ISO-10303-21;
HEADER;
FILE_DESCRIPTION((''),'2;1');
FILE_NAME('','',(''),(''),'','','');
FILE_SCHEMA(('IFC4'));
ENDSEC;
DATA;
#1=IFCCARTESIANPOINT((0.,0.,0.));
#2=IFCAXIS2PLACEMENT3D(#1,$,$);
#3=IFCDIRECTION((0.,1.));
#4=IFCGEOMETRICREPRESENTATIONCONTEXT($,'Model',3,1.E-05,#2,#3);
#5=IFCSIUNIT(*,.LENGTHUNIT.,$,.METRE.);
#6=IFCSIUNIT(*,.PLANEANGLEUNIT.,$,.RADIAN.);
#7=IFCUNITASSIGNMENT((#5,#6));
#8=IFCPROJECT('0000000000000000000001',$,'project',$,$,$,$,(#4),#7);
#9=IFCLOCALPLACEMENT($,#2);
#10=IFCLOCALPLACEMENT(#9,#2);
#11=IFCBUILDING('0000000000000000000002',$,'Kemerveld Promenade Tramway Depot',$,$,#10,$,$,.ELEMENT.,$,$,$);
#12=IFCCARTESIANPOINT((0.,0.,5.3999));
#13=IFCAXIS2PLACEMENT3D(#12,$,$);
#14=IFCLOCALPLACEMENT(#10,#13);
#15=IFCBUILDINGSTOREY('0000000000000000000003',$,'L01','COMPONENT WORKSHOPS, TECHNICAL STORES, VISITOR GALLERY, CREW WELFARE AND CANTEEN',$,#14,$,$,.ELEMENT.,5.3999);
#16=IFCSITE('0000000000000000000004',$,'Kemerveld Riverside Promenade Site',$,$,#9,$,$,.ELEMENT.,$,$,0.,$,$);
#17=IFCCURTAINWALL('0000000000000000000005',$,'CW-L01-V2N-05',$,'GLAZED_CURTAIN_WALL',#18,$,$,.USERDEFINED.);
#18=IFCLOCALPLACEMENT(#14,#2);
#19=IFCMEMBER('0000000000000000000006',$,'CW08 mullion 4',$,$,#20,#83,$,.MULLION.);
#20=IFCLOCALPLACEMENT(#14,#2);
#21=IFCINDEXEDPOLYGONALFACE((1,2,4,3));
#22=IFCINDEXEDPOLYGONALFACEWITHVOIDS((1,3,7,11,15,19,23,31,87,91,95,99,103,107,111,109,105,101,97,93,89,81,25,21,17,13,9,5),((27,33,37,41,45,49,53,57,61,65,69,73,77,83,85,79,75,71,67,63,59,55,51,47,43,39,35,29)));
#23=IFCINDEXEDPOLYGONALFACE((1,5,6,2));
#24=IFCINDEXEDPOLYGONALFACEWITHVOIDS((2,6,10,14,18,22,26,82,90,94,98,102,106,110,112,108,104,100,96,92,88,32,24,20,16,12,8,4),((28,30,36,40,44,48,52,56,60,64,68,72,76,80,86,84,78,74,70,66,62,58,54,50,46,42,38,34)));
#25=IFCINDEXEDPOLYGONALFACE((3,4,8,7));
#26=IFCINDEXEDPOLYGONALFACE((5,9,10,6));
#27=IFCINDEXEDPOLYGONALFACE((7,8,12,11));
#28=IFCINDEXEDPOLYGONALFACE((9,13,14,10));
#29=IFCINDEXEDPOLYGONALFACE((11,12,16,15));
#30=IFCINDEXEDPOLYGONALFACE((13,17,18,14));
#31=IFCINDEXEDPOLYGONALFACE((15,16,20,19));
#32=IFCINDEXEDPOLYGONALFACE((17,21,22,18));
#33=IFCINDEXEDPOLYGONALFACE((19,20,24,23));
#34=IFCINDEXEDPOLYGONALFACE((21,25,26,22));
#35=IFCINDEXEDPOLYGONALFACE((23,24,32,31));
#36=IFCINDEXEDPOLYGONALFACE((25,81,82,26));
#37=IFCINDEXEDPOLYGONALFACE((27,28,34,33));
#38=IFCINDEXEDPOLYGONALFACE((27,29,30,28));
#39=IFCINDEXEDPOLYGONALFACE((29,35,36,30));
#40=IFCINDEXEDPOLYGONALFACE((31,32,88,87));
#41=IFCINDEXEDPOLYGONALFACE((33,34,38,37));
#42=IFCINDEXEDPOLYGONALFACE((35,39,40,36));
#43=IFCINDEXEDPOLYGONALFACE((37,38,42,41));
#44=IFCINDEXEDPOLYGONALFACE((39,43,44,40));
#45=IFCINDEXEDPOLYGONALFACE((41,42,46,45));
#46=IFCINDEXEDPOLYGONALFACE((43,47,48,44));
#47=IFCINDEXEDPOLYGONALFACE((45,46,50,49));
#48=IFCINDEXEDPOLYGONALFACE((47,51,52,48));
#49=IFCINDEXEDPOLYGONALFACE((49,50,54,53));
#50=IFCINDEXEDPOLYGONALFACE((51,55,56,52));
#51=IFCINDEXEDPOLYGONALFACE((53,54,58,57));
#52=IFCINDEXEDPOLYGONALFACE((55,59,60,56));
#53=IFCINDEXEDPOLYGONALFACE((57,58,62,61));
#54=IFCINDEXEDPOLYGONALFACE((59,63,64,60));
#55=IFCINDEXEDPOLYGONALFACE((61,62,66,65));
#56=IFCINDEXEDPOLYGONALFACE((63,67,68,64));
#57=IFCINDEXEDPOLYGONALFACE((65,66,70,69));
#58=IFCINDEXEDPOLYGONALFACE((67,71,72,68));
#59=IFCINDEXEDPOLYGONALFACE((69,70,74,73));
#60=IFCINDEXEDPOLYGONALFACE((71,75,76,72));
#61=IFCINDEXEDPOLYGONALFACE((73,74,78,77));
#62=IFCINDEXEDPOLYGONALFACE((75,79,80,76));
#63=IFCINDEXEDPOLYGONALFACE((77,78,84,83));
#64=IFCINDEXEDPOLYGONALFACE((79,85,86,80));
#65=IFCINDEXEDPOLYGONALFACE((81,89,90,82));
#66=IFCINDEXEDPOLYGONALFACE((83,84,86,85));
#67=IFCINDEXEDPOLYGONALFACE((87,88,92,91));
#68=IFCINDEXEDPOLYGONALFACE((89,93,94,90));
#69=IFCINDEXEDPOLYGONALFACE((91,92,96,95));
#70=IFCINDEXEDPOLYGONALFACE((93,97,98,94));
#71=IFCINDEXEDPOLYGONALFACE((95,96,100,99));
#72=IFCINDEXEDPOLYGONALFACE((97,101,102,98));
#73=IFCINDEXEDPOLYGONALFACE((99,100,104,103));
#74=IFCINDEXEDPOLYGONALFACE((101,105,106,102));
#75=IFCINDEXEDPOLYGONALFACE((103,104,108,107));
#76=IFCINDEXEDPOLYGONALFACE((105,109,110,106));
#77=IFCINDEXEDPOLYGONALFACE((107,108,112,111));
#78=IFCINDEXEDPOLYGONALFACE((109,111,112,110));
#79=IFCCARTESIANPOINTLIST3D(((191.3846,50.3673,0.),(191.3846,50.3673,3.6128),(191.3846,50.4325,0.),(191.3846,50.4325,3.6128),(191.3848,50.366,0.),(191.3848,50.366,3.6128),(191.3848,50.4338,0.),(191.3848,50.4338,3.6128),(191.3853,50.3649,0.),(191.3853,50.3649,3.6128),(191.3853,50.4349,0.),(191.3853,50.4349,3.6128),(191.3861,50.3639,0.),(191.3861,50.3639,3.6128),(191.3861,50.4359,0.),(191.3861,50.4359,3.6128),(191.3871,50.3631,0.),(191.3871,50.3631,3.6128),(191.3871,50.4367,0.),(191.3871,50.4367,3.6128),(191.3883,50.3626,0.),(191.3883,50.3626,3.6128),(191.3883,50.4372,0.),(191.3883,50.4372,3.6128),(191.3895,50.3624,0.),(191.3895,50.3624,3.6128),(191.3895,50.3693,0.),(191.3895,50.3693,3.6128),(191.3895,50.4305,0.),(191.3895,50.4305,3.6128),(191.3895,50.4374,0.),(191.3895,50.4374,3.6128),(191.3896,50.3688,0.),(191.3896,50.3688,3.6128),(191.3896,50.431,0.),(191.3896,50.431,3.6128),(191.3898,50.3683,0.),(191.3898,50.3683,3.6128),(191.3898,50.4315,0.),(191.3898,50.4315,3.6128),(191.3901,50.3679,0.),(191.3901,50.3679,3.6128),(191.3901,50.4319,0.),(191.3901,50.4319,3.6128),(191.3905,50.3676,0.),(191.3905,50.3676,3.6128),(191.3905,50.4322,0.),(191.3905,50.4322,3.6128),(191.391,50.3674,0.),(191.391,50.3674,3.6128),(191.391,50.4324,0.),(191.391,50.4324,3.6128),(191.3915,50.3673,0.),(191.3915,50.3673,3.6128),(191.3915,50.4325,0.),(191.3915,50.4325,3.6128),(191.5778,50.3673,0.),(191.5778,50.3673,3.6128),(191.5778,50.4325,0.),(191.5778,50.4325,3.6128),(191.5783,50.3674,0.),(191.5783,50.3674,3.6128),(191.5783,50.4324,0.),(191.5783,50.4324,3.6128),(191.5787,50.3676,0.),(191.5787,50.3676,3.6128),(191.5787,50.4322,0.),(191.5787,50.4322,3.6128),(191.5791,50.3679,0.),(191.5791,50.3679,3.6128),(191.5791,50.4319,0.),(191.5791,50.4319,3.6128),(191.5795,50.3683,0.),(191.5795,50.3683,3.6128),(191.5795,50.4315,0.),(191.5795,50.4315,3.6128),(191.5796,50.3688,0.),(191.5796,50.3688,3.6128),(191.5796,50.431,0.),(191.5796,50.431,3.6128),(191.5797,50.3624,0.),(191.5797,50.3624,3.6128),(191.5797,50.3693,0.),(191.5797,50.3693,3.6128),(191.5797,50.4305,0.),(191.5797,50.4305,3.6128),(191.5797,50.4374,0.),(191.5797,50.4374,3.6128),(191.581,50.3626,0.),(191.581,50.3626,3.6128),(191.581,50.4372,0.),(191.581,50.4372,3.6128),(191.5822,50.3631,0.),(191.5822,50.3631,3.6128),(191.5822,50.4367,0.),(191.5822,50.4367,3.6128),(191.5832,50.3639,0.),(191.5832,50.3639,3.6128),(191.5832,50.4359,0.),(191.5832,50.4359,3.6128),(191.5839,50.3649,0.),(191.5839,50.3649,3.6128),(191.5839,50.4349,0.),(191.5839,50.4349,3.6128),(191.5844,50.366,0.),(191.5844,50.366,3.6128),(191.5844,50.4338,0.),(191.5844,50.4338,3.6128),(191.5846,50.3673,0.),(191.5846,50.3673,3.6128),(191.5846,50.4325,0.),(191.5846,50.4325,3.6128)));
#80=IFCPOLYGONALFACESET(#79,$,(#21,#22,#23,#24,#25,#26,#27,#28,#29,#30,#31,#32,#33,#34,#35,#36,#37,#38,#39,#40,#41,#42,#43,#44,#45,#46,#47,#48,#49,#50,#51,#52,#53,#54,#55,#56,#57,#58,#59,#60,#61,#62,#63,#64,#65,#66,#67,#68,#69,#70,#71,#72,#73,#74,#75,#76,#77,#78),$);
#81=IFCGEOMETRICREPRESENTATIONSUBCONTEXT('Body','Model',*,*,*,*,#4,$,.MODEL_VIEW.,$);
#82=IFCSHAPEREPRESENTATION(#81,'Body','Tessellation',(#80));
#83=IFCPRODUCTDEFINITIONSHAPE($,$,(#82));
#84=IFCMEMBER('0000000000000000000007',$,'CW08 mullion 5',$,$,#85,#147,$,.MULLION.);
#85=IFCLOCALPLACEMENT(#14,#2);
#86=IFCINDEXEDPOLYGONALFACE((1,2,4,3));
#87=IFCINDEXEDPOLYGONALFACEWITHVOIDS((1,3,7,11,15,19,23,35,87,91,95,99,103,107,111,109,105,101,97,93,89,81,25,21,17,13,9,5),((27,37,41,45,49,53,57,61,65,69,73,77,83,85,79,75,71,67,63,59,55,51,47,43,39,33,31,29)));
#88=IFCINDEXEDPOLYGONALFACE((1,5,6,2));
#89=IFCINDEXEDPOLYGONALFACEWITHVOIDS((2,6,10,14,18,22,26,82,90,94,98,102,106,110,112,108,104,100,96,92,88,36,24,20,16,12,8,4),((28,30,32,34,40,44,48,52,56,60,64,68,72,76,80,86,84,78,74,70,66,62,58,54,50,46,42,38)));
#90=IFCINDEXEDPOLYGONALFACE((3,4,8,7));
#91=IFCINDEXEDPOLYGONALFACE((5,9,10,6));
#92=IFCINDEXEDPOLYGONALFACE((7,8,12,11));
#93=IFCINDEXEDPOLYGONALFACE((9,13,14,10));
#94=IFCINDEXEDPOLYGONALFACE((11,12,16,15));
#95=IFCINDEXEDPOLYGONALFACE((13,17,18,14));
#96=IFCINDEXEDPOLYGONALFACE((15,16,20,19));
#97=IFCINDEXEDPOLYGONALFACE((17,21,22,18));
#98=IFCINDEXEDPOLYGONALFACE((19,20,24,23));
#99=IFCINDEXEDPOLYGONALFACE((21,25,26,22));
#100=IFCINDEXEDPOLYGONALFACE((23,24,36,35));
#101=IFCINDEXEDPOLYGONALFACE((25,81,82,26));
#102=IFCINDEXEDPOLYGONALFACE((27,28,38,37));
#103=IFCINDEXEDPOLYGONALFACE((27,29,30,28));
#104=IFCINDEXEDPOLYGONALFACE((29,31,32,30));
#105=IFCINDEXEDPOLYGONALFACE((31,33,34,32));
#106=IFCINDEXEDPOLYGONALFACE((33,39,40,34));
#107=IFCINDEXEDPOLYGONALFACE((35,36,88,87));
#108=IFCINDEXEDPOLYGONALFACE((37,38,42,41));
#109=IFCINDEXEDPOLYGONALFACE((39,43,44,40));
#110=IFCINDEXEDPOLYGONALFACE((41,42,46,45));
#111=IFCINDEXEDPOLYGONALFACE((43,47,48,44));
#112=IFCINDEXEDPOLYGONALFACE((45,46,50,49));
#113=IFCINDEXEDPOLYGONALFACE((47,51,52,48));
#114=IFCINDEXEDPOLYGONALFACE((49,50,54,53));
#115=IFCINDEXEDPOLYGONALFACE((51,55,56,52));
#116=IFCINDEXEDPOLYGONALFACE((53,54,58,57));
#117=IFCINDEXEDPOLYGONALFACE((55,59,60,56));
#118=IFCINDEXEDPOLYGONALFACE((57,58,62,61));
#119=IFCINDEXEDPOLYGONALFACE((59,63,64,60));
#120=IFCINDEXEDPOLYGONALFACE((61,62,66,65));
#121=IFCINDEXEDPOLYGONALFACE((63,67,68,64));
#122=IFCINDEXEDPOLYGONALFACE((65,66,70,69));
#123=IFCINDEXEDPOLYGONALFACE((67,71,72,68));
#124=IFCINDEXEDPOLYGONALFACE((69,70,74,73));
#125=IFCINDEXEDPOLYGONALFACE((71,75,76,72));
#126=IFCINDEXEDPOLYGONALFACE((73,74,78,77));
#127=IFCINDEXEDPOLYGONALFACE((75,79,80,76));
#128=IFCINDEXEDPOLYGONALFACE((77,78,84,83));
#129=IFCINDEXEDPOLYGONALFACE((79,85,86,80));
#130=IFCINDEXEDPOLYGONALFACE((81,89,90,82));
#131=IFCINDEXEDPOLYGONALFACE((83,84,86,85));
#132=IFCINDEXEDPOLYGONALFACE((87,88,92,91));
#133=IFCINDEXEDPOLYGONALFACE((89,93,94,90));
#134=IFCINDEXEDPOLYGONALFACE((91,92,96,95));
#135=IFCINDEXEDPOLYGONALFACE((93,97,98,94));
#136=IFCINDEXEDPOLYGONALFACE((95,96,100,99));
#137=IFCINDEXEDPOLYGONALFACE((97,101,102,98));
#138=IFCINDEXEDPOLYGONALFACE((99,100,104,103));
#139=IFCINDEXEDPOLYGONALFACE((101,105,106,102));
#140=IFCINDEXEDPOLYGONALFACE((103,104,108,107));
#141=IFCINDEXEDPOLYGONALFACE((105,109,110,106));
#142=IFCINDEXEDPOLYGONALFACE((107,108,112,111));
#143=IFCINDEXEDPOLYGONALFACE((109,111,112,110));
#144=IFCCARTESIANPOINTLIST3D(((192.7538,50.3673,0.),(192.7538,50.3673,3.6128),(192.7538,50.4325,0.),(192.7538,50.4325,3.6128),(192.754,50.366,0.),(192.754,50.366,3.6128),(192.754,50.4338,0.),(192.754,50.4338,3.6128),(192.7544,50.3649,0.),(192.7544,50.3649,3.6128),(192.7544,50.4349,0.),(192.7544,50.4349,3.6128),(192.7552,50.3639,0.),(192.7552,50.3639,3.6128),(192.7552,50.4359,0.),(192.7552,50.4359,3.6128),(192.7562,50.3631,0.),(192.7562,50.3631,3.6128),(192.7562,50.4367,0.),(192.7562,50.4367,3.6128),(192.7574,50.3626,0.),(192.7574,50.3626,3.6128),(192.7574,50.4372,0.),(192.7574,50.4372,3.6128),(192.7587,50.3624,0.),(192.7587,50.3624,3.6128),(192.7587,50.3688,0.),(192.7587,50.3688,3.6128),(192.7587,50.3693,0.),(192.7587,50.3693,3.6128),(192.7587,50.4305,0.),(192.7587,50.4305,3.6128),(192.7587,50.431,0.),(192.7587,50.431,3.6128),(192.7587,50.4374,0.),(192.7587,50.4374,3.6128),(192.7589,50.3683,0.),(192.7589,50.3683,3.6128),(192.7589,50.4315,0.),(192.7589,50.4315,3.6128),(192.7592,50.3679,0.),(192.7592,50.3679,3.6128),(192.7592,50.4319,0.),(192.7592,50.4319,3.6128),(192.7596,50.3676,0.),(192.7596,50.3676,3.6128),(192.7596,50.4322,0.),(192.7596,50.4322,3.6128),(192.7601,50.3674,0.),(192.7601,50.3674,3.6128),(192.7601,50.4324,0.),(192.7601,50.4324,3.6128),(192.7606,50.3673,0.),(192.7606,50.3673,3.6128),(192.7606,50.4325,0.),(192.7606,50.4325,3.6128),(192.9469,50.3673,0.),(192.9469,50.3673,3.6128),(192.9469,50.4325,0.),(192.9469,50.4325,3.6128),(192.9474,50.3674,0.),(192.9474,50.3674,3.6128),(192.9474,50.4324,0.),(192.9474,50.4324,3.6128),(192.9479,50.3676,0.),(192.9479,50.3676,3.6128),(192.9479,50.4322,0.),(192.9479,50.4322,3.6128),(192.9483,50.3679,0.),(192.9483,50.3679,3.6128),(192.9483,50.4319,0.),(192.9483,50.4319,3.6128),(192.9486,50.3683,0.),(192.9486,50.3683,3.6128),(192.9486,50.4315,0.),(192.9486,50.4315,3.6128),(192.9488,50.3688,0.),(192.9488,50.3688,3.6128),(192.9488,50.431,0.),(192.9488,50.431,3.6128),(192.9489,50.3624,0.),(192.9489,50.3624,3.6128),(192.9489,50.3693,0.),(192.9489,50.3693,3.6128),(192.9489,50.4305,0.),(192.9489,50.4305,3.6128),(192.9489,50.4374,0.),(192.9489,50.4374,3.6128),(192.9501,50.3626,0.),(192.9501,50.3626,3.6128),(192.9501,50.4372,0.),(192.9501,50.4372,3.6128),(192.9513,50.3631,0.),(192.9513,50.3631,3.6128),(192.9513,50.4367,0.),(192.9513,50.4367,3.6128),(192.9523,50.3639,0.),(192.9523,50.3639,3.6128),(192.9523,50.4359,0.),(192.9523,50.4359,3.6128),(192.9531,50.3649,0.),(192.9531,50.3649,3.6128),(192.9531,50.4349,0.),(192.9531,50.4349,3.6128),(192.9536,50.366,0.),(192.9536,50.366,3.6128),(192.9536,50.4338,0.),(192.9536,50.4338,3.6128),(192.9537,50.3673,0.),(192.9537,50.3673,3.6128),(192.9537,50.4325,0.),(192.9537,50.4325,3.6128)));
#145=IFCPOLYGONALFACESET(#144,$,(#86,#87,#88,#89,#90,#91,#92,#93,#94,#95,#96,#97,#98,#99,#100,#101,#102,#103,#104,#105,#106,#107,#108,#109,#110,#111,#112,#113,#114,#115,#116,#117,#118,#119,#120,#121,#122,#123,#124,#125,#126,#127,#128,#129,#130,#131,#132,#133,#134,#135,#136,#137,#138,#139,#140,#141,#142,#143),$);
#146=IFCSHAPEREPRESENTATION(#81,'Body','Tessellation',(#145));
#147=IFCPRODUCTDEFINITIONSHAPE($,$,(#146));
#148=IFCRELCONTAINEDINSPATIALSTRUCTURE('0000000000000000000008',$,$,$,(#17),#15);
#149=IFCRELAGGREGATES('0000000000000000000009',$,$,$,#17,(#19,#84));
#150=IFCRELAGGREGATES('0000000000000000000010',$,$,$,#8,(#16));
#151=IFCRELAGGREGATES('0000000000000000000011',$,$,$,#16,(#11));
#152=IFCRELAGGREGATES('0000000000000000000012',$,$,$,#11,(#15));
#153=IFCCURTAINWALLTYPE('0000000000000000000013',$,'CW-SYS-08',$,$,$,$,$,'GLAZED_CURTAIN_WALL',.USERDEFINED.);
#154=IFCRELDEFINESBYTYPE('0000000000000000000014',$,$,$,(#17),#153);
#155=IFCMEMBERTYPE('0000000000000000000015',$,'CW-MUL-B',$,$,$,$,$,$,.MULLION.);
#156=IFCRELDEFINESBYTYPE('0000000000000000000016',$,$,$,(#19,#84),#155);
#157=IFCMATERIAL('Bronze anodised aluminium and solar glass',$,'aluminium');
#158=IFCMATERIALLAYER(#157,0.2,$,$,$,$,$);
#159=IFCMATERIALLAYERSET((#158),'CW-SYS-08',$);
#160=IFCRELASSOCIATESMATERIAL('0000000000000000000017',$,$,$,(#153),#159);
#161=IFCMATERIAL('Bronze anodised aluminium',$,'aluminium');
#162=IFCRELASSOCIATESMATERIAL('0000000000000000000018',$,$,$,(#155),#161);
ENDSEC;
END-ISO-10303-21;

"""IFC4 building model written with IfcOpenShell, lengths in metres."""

from ifc_helpers import new_model, si_unit, direction, frame, origin, origin_2d, place, context, subcontext, project, spatial, hollow_rectangle, extrude, material, layer, layer_set, material_profile, profile_set, type_object, element, aggregate, save


model = new_model("IFC4")

# Units and contexts
model_context = context("Model", 3, precision=1e-05, world=origin(), true_north=direction((0.0, 1.0)))
body_context = subcontext(model_context, "Body", "Model", "MODEL_VIEW")
ifc_project = project(units=[si_unit("LENGTHUNIT", "METRE"), si_unit("PLANEANGLEUNIT", "RADIAN")], contexts=[model_context])

# Site, building, storey
site_placement = place(None, origin())
site = spatial("IfcSite", under=ifc_project, at=site_placement, Name="Kemerveld Riverside Promenade Site", CompositionType="ELEMENT", RefElevation=0.0)
building_placement = place(site_placement, origin())
building = spatial("IfcBuilding", under=site, at=building_placement, Name="Kemerveld Promenade Tramway Depot", CompositionType="ELEMENT")
storey_placement = place(building_placement, frame((0.0, 0.0, 5.3999)))
storey = spatial("IfcBuildingStorey", under=building, at=storey_placement, Name="L01", Description="COMPONENT WORKSHOPS, TECHNICAL STORES, VISITOR GALLERY, CREW WELFARE AND CANTEEN", CompositionType="ELEMENT", Elevation=5.3999)

# Curtain wall, members
ifc_material_1 = material(Name="Bronze anodised aluminium and solar glass", Category="aluminium")
ifc_layer_1 = layer(ifc_material_1, 0.2)
ifc_layer_set_1 = layer_set([ifc_layer_1], Name="CW-SYS-08")
curtain_wall_type_1 = type_object("IfcCurtainWallType", Name="CW-SYS-08", ElementType="GLAZED_CURTAIN_WALL", PredefinedType="USERDEFINED", material=ifc_layer_set_1)
curtain_wall_1_placement = place(storey_placement, origin())
curtain_wall_1 = element("IfcCurtainWall", 1, at=curtain_wall_1_placement, inside=storey, type_object=curtain_wall_type_1, Name="CW-L01-V2N-05", ObjectType="GLAZED_CURTAIN_WALL", PredefinedType="USERDEFINED")
ifc_material_2 = material(Name="Bronze anodised aluminium", Category="aluminium")
ifc_material_profile_1 = material_profile(ifc_material_2, hollow_rectangle(XDim=0.075, YDim=0.2, WallThickness=0.0049, InnerFilletRadius=0.002, OuterFilletRadius=0.0049, at=origin_2d()), Name="CW-MUL-200x75")
ifc_profile_set_1 = profile_set([ifc_material_profile_1], Name="Bronze anodised aluminium")
member_type_1 = type_object("IfcMemberType", Name="CW-MUL-B", PredefinedType="MULLION", material=ifc_profile_set_1)
member_1_placement = place(storey_placement, frame((191.4846, 50.3999, 0.0), z_axis=(0.0, 0.0, 1.0), x_axis=(0.0, 1.0, 0.0)))
member_1 = element("IfcMember", 2, at=member_1_placement, type_object=member_type_1, Name="CW08 mullion 4", PredefinedType="MULLION", context=body_context, shape_type="SweptSolid", body=[
    extrude(hollow_rectangle(XDim=0.075, YDim=0.2, WallThickness=0.0049, InnerFilletRadius=0.002, OuterFilletRadius=0.0049, at=origin_2d()), origin(), (0.0, 0.0, 1.0), 3.6128),
])
member_2_placement = place(storey_placement, frame((192.8538, 50.3999, 0.0), z_axis=(0.0, 0.0, 1.0), x_axis=(0.0, 1.0, 0.0)))
member_2 = element("IfcMember", 3, at=member_2_placement, type_object=member_type_1, Name="CW08 mullion 5", PredefinedType="MULLION", context=body_context, shape_type="SweptSolid", body=[
    extrude(hollow_rectangle(XDim=0.075, YDim=0.2, WallThickness=0.0049, InnerFilletRadius=0.002, OuterFilletRadius=0.0049, at=origin_2d()), origin(), (0.0, 0.0, 1.0), 3.6128),
])

aggregate(curtain_wall_1, [member_1, member_2])

save(model, "model.ifc")
